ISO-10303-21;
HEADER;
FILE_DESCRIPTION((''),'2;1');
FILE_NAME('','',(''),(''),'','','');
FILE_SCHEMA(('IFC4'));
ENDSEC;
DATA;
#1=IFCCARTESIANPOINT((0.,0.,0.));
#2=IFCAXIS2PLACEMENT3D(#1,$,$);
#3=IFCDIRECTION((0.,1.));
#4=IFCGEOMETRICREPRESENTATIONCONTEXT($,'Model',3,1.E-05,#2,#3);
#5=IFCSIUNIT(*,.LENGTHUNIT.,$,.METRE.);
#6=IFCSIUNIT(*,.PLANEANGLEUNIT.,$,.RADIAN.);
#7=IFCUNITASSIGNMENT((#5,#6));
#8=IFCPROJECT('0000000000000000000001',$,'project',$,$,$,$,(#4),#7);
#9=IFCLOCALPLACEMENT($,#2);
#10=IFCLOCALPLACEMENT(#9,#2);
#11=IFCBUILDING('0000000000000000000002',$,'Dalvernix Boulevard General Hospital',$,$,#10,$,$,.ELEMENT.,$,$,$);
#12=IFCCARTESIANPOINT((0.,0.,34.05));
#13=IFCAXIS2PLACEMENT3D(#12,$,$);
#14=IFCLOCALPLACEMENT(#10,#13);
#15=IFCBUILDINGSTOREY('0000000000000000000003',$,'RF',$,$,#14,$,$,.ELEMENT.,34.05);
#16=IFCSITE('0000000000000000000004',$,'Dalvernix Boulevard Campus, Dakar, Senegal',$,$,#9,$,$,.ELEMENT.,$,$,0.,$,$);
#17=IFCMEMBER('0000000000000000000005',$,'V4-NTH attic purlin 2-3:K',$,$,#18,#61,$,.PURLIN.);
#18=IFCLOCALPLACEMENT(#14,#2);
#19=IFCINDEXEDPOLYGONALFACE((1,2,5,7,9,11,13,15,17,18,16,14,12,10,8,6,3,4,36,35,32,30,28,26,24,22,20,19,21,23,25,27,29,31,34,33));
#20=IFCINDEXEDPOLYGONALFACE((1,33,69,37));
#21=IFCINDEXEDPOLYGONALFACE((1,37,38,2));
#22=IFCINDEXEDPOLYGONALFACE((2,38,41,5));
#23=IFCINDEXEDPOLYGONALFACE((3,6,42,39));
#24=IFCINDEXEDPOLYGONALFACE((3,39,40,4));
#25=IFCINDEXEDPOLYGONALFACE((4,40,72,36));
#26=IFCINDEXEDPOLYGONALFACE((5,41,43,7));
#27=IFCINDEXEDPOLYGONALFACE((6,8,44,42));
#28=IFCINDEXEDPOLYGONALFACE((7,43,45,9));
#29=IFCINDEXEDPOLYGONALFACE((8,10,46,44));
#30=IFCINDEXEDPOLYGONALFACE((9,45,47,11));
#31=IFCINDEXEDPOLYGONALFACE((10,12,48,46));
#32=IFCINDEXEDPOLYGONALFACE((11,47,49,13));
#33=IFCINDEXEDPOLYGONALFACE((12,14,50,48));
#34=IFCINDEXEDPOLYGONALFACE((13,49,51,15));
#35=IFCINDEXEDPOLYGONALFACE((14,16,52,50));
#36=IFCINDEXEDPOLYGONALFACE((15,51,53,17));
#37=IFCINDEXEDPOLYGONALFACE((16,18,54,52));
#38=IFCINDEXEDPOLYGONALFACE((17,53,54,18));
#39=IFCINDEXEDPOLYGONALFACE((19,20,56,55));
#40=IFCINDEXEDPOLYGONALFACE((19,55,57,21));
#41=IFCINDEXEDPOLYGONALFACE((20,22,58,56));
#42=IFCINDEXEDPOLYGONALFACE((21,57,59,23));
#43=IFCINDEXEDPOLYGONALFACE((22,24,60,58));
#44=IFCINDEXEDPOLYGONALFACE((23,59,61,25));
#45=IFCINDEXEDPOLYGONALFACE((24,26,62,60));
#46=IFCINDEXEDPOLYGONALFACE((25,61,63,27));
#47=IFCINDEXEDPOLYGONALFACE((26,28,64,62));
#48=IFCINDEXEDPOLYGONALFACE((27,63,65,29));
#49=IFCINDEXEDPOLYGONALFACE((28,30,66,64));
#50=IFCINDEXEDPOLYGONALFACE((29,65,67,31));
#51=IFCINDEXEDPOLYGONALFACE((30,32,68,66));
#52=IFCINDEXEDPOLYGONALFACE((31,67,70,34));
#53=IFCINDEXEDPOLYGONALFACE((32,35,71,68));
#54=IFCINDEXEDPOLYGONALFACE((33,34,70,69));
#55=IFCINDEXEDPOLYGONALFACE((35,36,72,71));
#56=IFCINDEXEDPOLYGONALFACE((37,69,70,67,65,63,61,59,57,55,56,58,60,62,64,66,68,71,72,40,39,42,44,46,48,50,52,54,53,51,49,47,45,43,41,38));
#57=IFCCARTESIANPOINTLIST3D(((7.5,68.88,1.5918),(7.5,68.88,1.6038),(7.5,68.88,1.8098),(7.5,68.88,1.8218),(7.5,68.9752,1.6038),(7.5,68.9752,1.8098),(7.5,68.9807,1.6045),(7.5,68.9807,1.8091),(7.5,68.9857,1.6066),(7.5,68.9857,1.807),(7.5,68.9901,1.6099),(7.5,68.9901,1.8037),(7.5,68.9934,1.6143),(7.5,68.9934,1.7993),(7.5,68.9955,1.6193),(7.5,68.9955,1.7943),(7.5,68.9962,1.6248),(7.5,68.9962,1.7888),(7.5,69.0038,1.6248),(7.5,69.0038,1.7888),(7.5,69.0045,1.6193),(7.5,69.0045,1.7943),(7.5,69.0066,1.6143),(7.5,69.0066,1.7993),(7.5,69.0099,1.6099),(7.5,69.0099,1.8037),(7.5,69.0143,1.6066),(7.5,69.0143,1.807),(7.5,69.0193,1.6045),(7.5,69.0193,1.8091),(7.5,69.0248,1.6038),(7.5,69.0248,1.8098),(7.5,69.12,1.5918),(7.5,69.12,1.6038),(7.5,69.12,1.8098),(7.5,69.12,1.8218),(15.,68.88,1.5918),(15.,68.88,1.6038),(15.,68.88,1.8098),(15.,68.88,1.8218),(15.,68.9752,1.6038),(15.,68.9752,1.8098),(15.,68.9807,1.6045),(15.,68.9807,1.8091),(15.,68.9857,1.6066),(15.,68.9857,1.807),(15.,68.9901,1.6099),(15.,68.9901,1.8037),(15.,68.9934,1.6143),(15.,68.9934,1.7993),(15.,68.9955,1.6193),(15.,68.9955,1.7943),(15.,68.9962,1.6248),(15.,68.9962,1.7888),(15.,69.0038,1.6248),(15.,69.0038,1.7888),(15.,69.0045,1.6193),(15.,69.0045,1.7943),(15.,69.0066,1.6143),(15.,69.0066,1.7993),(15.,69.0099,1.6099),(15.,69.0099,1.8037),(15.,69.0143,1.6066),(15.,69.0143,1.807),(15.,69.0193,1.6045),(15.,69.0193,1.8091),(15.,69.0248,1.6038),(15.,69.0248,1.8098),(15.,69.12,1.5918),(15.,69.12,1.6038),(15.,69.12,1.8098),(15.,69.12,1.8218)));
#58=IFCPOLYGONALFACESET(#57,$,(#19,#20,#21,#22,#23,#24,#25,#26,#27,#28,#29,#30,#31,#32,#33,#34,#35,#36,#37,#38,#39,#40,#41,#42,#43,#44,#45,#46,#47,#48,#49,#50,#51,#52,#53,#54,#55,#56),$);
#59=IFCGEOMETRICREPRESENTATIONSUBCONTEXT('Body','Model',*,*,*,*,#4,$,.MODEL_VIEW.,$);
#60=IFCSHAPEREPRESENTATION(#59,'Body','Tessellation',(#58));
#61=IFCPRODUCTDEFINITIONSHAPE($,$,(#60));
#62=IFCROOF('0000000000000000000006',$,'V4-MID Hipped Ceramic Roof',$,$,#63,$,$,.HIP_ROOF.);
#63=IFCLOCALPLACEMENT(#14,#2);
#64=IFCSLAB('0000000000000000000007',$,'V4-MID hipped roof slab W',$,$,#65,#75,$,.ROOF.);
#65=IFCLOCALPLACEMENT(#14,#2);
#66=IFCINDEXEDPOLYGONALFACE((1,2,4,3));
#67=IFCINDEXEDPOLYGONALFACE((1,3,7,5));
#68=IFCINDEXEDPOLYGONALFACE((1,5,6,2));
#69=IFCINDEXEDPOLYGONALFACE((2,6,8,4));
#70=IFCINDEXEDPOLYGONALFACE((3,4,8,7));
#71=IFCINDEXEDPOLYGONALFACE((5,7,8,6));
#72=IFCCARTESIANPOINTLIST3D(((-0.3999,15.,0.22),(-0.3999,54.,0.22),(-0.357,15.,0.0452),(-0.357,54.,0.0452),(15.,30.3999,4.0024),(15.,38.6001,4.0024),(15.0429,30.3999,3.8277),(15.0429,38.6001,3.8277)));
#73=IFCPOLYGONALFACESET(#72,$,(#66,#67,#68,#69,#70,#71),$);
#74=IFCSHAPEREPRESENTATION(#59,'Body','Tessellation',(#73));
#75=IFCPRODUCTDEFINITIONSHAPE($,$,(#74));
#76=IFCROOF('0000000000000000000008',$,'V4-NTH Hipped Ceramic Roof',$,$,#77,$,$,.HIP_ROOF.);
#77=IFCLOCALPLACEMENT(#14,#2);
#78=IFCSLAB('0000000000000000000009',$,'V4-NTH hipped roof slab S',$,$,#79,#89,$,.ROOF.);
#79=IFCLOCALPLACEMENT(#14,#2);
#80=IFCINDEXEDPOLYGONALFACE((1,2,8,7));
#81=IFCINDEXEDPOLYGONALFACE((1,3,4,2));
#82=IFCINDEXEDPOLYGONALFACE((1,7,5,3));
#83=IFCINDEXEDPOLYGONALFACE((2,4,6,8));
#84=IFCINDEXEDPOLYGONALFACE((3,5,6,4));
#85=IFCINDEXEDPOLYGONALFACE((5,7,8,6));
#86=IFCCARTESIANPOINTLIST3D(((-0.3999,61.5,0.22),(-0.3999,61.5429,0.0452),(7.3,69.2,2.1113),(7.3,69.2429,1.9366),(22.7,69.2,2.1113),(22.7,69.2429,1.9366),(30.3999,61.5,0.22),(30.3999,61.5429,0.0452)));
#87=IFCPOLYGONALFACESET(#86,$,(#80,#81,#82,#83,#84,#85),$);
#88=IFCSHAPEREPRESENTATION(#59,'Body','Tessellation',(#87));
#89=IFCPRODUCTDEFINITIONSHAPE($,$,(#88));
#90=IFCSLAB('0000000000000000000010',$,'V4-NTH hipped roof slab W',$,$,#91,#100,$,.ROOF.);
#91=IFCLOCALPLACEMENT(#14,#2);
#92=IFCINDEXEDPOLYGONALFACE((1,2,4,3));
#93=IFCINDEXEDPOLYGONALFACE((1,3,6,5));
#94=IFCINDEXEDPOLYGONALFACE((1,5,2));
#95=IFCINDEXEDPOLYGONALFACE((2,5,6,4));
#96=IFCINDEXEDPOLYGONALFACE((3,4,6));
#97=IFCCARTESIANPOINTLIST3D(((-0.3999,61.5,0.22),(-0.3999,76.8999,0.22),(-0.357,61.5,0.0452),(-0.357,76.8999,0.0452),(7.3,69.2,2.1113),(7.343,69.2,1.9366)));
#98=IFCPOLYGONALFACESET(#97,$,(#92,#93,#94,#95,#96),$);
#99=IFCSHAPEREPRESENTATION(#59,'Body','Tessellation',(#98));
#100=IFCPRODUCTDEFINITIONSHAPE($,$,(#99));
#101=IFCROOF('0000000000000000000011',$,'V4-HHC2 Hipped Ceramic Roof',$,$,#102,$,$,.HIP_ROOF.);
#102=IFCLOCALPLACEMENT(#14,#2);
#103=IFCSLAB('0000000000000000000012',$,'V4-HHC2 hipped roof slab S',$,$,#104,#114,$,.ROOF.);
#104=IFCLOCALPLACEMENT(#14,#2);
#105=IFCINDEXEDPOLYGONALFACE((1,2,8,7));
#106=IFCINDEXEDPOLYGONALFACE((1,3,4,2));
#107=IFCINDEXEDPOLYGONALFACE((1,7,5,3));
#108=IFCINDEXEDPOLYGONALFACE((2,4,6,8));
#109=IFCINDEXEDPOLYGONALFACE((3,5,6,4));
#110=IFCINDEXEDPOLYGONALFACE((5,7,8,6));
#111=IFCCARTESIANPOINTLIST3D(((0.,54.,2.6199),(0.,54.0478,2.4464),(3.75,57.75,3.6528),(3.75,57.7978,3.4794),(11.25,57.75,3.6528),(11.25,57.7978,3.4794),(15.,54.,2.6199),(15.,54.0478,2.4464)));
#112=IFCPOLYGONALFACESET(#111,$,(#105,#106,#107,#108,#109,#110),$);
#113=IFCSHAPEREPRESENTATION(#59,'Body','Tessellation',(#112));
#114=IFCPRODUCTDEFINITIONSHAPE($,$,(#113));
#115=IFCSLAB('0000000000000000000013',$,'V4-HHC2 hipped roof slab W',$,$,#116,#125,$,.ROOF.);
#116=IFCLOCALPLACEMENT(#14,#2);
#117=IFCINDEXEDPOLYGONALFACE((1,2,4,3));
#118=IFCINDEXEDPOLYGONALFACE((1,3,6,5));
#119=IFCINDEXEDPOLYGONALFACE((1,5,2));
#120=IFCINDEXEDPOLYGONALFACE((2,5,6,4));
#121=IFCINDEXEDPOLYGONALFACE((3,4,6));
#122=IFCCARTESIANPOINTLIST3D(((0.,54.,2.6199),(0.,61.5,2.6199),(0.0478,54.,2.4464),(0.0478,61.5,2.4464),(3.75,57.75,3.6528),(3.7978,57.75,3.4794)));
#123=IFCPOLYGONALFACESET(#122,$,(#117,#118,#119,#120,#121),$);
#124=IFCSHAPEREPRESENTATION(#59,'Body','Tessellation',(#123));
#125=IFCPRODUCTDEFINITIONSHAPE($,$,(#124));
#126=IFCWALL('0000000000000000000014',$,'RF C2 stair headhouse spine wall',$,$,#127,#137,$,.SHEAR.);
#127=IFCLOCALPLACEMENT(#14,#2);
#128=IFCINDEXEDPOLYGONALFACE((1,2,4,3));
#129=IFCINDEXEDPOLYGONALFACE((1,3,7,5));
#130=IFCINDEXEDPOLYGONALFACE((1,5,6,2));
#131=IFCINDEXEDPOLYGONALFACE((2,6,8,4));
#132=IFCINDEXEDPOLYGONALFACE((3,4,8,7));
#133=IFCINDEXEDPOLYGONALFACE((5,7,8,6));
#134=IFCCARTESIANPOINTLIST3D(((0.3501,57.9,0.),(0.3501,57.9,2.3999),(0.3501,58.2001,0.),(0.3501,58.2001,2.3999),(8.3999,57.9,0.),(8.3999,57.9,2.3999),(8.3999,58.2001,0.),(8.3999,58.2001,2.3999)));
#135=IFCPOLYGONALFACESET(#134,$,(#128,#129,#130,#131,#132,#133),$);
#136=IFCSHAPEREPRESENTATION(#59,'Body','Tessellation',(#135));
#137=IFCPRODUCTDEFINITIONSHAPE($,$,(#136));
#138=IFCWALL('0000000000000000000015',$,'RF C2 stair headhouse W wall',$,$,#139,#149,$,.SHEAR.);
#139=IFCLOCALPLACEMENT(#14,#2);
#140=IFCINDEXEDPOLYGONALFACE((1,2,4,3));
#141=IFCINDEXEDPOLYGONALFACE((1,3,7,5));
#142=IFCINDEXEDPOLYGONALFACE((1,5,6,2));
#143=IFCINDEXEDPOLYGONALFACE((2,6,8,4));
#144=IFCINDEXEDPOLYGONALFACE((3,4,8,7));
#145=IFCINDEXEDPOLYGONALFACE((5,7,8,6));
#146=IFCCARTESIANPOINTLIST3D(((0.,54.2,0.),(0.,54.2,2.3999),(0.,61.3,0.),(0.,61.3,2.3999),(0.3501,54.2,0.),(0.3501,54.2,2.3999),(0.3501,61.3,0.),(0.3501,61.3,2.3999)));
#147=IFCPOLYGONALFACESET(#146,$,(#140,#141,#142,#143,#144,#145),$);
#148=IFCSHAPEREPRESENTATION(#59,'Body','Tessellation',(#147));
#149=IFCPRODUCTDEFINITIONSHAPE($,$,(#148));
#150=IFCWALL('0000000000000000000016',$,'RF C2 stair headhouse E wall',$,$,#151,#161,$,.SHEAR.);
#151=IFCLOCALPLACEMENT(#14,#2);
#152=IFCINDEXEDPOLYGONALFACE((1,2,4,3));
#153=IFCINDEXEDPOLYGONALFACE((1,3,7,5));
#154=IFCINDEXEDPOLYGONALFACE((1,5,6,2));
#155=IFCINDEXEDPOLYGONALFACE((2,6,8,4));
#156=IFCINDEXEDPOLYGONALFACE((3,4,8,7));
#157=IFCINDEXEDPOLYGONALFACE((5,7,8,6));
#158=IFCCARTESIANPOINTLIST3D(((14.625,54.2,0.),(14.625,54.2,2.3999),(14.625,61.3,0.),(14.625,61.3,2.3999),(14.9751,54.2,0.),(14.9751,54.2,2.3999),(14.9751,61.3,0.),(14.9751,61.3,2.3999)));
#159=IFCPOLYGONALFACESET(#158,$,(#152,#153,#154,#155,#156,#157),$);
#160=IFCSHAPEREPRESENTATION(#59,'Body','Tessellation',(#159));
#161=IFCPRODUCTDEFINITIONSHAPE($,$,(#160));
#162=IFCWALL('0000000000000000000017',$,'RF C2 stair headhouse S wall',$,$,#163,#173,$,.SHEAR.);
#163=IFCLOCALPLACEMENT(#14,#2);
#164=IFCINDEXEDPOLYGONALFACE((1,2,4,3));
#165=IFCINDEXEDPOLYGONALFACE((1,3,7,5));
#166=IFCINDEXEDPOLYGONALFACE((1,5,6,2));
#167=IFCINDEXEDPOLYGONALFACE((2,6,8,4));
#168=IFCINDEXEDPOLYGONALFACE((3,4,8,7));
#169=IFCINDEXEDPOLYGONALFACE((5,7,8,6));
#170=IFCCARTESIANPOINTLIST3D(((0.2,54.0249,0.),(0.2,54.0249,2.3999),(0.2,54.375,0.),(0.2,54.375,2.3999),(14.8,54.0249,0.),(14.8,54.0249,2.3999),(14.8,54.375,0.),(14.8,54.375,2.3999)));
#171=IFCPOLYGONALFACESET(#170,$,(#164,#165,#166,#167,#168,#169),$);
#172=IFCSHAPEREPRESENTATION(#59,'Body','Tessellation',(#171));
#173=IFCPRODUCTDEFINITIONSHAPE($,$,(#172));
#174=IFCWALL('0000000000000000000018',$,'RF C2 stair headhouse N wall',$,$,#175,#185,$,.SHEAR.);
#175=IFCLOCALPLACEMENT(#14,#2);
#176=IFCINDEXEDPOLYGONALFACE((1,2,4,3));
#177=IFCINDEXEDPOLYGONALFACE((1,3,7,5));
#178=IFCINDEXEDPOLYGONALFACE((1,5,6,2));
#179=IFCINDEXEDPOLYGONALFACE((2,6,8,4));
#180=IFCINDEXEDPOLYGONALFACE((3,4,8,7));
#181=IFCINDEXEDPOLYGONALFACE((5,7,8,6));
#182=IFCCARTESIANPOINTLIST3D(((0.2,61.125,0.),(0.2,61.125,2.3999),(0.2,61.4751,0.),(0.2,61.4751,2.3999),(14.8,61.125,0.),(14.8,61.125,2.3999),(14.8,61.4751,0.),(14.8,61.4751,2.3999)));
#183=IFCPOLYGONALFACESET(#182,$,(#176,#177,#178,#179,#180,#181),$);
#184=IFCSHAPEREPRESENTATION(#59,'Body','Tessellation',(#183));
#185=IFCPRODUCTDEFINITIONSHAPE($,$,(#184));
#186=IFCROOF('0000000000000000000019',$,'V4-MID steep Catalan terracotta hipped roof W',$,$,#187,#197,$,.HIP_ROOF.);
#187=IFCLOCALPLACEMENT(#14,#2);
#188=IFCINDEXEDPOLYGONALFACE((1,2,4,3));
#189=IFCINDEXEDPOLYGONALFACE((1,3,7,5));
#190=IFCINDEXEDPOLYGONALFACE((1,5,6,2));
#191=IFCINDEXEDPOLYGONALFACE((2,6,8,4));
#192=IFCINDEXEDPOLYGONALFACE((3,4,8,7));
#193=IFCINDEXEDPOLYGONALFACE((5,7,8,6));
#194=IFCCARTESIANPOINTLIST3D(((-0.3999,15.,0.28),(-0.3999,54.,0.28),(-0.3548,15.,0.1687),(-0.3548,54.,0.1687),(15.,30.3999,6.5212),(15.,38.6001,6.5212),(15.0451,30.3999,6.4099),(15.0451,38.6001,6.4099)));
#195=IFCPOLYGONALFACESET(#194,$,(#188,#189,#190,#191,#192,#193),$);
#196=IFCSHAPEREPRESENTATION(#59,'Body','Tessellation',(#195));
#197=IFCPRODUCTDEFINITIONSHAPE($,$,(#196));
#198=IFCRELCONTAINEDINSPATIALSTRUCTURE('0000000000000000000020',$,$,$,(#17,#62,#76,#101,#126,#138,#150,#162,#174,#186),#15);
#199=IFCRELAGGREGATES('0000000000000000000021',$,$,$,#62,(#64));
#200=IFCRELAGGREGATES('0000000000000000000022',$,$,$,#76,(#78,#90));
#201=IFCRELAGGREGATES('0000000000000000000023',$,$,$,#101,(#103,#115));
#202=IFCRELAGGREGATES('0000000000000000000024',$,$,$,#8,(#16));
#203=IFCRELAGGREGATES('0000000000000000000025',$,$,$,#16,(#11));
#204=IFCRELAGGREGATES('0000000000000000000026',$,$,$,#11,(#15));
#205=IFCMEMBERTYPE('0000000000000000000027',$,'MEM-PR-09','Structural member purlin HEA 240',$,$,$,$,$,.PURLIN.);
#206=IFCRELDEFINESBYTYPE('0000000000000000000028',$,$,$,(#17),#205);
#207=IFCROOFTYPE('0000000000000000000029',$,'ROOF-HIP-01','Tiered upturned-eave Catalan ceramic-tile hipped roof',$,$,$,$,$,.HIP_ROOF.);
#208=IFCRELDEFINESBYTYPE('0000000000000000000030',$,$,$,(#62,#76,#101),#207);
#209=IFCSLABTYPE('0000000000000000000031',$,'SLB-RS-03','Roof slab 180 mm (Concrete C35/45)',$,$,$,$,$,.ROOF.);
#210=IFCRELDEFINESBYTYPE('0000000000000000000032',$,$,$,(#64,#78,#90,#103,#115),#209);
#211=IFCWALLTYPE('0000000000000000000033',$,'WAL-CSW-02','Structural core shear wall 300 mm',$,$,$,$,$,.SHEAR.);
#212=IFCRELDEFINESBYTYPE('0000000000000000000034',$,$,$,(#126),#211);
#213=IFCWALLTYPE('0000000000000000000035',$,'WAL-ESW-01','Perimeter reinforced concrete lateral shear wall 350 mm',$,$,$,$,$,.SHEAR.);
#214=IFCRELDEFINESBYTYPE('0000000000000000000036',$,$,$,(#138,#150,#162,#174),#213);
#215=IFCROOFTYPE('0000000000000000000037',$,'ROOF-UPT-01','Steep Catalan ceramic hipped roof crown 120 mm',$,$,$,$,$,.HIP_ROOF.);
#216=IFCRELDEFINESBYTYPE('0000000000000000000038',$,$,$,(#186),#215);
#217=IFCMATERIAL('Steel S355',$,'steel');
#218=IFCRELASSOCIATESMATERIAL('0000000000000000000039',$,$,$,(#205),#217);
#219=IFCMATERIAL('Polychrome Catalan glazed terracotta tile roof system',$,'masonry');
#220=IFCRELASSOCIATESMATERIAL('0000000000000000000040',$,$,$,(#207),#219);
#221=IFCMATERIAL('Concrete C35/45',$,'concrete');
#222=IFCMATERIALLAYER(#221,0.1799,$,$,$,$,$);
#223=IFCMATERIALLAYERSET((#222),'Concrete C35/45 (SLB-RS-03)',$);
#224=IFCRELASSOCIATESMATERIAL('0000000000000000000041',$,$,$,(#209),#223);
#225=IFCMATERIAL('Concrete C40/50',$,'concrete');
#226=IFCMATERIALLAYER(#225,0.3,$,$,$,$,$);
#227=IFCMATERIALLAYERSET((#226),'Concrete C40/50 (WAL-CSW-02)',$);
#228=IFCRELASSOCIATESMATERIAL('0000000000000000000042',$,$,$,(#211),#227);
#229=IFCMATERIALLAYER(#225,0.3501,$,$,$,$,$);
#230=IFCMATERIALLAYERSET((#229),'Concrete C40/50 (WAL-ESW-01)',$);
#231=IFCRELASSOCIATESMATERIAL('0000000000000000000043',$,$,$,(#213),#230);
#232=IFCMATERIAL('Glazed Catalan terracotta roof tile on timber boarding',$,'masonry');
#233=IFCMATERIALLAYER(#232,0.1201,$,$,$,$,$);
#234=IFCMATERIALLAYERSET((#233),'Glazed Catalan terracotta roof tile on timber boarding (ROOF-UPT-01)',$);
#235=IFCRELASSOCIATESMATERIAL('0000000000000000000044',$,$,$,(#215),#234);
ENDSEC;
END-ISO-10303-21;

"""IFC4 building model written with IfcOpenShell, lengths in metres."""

from ifc_helpers import new_model, si_unit, direction, frame, frame_2d, origin, origin_2d, place, context, subcontext, project, spatial, polyline, rectangle, i_section, outline, extrude, material, layer, layer_set, material_profile, profile_set, type_object, element, aggregate, save


model = new_model("IFC4")

# Units and contexts
model_context = context("Model", 3, precision=1e-05, world=origin(), true_north=direction((0.0, 1.0)))
body_context = subcontext(model_context, "Body", "Model", "MODEL_VIEW")
ifc_project = project(units=[si_unit("LENGTHUNIT", "METRE"), si_unit("PLANEANGLEUNIT", "RADIAN")], contexts=[model_context])

# Site, building, storey
site_placement = place(None, origin())
site = spatial("IfcSite", under=ifc_project, at=site_placement, Name="Dalvernix Boulevard Campus, Dakar, Senegal", CompositionType="ELEMENT", RefElevation=0.0)
building_placement = place(site_placement, origin())
building = spatial("IfcBuilding", under=site, at=building_placement, Name="Dalvernix Boulevard General Hospital", CompositionType="ELEMENT")
storey_placement = place(building_placement, frame((0.0, 0.0, 34.05)))
storey = spatial("IfcBuildingStorey", under=building, at=storey_placement, Name="RF", CompositionType="ELEMENT", Elevation=34.05)

# Shared definitions
ifc_material_1 = material(Name="Steel S355", Category="steel")

# Member
ifc_material_profile_1 = material_profile(ifc_material_1, i_section(OverallWidth=0.24, OverallDepth=0.23, WebThickness=0.0076, FlangeThickness=0.012, FilletRadius=0.021, at=origin_2d()), Name="HEA 240")
ifc_profile_set_1 = profile_set([ifc_material_profile_1], Name="Steel S355")
member_type_1 = type_object("IfcMemberType", Name="MEM-PR-09", Description="Structural member purlin HEA 240", PredefinedType="PURLIN", material=ifc_profile_set_1)
member_placement = place(storey_placement, frame((7.5, 69.0, 1.7068), z_axis=(1.0, 0.0, 0.0), x_axis=(0.0, 1.0, 0.0)))
element("IfcMember", 1, at=member_placement, inside=storey, type_object=member_type_1, Name="V4-NTH attic purlin 2-3:K", PredefinedType="PURLIN", context=body_context, shape_type="SweptSolid", body=[
    extrude(i_section(OverallWidth=0.24, OverallDepth=0.23, WebThickness=0.0076, FlangeThickness=0.012, FilletRadius=0.021, at=origin_2d()), origin(), (0.0, 0.0, 1.0), 7.5),
])

# Roof, slab
ifc_material_2 = material(Name="Polychrome Catalan glazed terracotta tile roof system", Category="masonry")
roof_type_1 = type_object("IfcRoofType", Name="ROOF-HIP-01", Description="Tiered upturned-eave Catalan ceramic-tile hipped roof", PredefinedType="HIP_ROOF", material=ifc_material_2)
roof_1_placement = place(storey_placement, origin())
roof_1 = element("IfcRoof", 2, at=roof_1_placement, inside=storey, type_object=roof_type_1, Name="V4-MID Hipped Ceramic Roof", PredefinedType="HIP_ROOF")
ifc_material_3 = material(Name="Concrete C35/45", Category="concrete")
ifc_layer_1 = layer(ifc_material_3, 0.1799)
ifc_layer_set_1 = layer_set([ifc_layer_1], Name="Concrete C35/45 (SLB-RS-03)")
slab_type = type_object("IfcSlabType", Name="SLB-RS-03", Description="Roof slab 180 mm (Concrete C35/45)", PredefinedType="ROOF", material=ifc_layer_set_1)
slab_1_placement = place(storey_placement, frame((-0.3999, 54.0, 0.22), z_axis=(-0.238527, 0.0, 0.971136), x_axis=(0.0, -1.0, 0.0)))
slab_1 = element("IfcSlab", 3, at=slab_1_placement, type_object=slab_type, Name="V4-MID hipped roof slab W", PredefinedType="ROOF", context=body_context, shape_type="SweptSolid", body=[
    extrude(outline(polyline([(0.0, 0.0), (39.0, 0.0), (23.6001, 15.8576), (15.3999, 15.8576), (0.0, 0.0)])), origin(), (0.0, 0.0, -1.0), 0.1799),
])
aggregate(roof_1, [slab_1])

# Roofs, slabs
roof_2_placement = place(storey_placement, origin())
roof_2 = element("IfcRoof", 4, at=roof_2_placement, inside=storey, type_object=roof_type_1, Name="V4-NTH Hipped Ceramic Roof", PredefinedType="HIP_ROOF")
slab_2_placement = place(storey_placement, frame((-0.3999, 61.5, 0.22), z_axis=(0.0, -0.238542, 0.971132), x_axis=(1.0, 0.0, 0.0)))
slab_2 = element("IfcSlab", 5, at=slab_2_placement, type_object=slab_type, Name="V4-NTH hipped roof slab S", PredefinedType="ROOF", context=body_context, shape_type="SweptSolid", body=[
    extrude(outline(polyline([(0.0, 0.0), (30.7998, 0.0), (23.0999, 7.9288), (7.7, 7.9288), (0.0, 0.0)])), origin(), (0.0, 0.0, -1.0), 0.1799),
])
slab_3_placement = place(storey_placement, frame((-0.3999, 76.8999, 0.22), z_axis=(-0.238542, 0.0, 0.971132), x_axis=(0.0, -1.0, 0.0)))
slab_3 = element("IfcSlab", 6, at=slab_3_placement, type_object=slab_type, Name="V4-NTH hipped roof slab W", PredefinedType="ROOF", context=body_context, shape_type="SweptSolid", body=[
    extrude(outline(polyline([(0.0, 0.0), (15.3999, 0.0), (7.7, 7.9288), (0.0, 0.0)])), origin(), (0.0, 0.0, -1.0), 0.1799),
])
aggregate(roof_2, [slab_2, slab_3])
roof_3_placement = place(storey_placement, origin())
roof_3 = element("IfcRoof", 7, at=roof_3_placement, inside=storey, type_object=roof_type_1, Name="V4-HHC2 Hipped Ceramic Roof", PredefinedType="HIP_ROOF")
slab_4_placement = place(storey_placement, frame((0.0, 54.0, 2.6199), z_axis=(0.0, -0.265565, 0.964093), x_axis=(1.0, 0.0, 0.0)))
slab_4 = element("IfcSlab", 8, at=slab_4_placement, type_object=slab_type, Name="V4-HHC2 hipped roof slab S", PredefinedType="ROOF", context=body_context, shape_type="SweptSolid", body=[
    extrude(outline(polyline([(0.0, 0.0), (15.0, 0.0), (11.25, 3.8897), (3.75, 3.8897), (0.0, 0.0)])), origin(), (0.0, 0.0, -1.0), 0.1799),
])
slab_5_placement = place(storey_placement, frame((0.0, 61.5, 2.6199), z_axis=(-0.265565, 0.0, 0.964093), x_axis=(0.0, -1.0, 0.0)))
slab_5 = element("IfcSlab", 9, at=slab_5_placement, type_object=slab_type, Name="V4-HHC2 hipped roof slab W", PredefinedType="ROOF", context=body_context, shape_type="SweptSolid", body=[
    extrude(outline(polyline([(0.0, 0.0), (7.5, 0.0), (3.75, 3.8897), (0.0, 0.0)])), origin(), (0.0, 0.0, -1.0), 0.1799),
])
aggregate(roof_3, [slab_4, slab_5])

# Walls
ifc_material_4 = material(Name="Concrete C40/50", Category="concrete")
ifc_layer_2 = layer(ifc_material_4, 0.3)
ifc_layer_set_2 = layer_set([ifc_layer_2], Name="Concrete C40/50 (WAL-CSW-02)")
wall_type_1 = type_object("IfcWallType", Name="WAL-CSW-02", Description="Structural core shear wall 300 mm", PredefinedType="SHEAR", material=ifc_layer_set_2)
wall_placement = place(storey_placement, frame((0.3501, 58.05, 0.0), z_axis=(0.0, 0.0, 1.0), x_axis=(1.0, 0.0, 0.0)))
element("IfcWall", 10, at=wall_placement, inside=storey, type_object=wall_type_1, Name="RF C2 stair headhouse spine wall", PredefinedType="SHEAR", context=body_context, shape_type="SweptSolid", body=[
    extrude(rectangle(XDim=8.0498, YDim=0.3, at=frame_2d((4.0249, 0.0))), origin(), (0.0, 0.0, 1.0), 2.3999),
])
ifc_layer_3 = layer(ifc_material_4, 0.3501)
ifc_layer_set_3 = layer_set([ifc_layer_3], Name="Concrete C40/50 (WAL-ESW-01)")
wall_type_2 = type_object("IfcWallType", Name="WAL-ESW-01", Description="Perimeter reinforced concrete lateral shear wall 350 mm", PredefinedType="SHEAR", material=ifc_layer_set_3)
for number, where, z_axis, x_axis, name in (
    (11, (0.175, 54.2, 0.0), (0.0, 0.0, 1.0), (0.0, 1.0, 0.0), "RF C2 stair headhouse W wall"),
    (12, (14.8, 54.2, 0.0), (0.0, 0.0, 1.0), (0.0, 1.0, 0.0), "RF C2 stair headhouse E wall"),
):
    element("IfcWall", number, at=place(storey_placement, frame(where, z_axis=z_axis, x_axis=x_axis)), inside=storey, type_object=wall_type_2, Name=name, PredefinedType="SHEAR", context=body_context, shape_type="SweptSolid", body=[
        extrude(rectangle(XDim=7.1001, YDim=0.3501, at=frame_2d((3.55, 0.0))), origin(), (0.0, 0.0, 1.0), 2.3999),
    ])
for number, where, z_axis, x_axis, name in (
    (13, (0.2, 54.2, 0.0), (0.0, 0.0, 1.0), (1.0, 0.0, 0.0), "RF C2 stair headhouse S wall"),
    (14, (0.2, 61.3, 0.0), (0.0, 0.0, 1.0), (1.0, 0.0, 0.0), "RF C2 stair headhouse N wall"),
):
    element("IfcWall", number, at=place(storey_placement, frame(where, z_axis=z_axis, x_axis=x_axis)), inside=storey, type_object=wall_type_2, Name=name, PredefinedType="SHEAR", context=body_context, shape_type="SweptSolid", body=[
        extrude(rectangle(XDim=14.6001, YDim=0.3501, at=frame_2d((7.3, 0.0))), origin(), (0.0, 0.0, 1.0), 2.3999),
    ])

# Roof
ifc_material_5 = material(Name="Glazed Catalan terracotta roof tile on timber boarding", Category="masonry")
ifc_layer_4 = layer(ifc_material_5, 0.1201)
ifc_layer_set_4 = layer_set([ifc_layer_4], Name="Glazed Catalan terracotta roof tile on timber boarding (ROOF-UPT-01)")
roof_type_2 = type_object("IfcRoofType", Name="ROOF-UPT-01", Description="Steep Catalan ceramic hipped roof crown 120 mm", PredefinedType="HIP_ROOF", material=ifc_layer_set_4)
roof_4_placement = place(storey_placement, frame((-0.3999, 54.0, 0.28), z_axis=(-0.375602, 0.0, 0.926781), x_axis=(0.0, -1.0, 0.0)))
element("IfcRoof", 15, at=roof_4_placement, inside=storey, type_object=roof_type_2, Name="V4-MID steep Catalan terracotta hipped roof W", PredefinedType="HIP_ROOF", context=body_context, shape_type="SweptSolid", body=[
    extrude(outline(polyline([(0.0, 0.0), (39.0, 0.0), (23.6001, 16.6165), (15.3999, 16.6165), (0.0, 0.0)])), origin(), (0.0, 0.0, -1.0), 0.1201),
])

save(model, "model.ifc")
